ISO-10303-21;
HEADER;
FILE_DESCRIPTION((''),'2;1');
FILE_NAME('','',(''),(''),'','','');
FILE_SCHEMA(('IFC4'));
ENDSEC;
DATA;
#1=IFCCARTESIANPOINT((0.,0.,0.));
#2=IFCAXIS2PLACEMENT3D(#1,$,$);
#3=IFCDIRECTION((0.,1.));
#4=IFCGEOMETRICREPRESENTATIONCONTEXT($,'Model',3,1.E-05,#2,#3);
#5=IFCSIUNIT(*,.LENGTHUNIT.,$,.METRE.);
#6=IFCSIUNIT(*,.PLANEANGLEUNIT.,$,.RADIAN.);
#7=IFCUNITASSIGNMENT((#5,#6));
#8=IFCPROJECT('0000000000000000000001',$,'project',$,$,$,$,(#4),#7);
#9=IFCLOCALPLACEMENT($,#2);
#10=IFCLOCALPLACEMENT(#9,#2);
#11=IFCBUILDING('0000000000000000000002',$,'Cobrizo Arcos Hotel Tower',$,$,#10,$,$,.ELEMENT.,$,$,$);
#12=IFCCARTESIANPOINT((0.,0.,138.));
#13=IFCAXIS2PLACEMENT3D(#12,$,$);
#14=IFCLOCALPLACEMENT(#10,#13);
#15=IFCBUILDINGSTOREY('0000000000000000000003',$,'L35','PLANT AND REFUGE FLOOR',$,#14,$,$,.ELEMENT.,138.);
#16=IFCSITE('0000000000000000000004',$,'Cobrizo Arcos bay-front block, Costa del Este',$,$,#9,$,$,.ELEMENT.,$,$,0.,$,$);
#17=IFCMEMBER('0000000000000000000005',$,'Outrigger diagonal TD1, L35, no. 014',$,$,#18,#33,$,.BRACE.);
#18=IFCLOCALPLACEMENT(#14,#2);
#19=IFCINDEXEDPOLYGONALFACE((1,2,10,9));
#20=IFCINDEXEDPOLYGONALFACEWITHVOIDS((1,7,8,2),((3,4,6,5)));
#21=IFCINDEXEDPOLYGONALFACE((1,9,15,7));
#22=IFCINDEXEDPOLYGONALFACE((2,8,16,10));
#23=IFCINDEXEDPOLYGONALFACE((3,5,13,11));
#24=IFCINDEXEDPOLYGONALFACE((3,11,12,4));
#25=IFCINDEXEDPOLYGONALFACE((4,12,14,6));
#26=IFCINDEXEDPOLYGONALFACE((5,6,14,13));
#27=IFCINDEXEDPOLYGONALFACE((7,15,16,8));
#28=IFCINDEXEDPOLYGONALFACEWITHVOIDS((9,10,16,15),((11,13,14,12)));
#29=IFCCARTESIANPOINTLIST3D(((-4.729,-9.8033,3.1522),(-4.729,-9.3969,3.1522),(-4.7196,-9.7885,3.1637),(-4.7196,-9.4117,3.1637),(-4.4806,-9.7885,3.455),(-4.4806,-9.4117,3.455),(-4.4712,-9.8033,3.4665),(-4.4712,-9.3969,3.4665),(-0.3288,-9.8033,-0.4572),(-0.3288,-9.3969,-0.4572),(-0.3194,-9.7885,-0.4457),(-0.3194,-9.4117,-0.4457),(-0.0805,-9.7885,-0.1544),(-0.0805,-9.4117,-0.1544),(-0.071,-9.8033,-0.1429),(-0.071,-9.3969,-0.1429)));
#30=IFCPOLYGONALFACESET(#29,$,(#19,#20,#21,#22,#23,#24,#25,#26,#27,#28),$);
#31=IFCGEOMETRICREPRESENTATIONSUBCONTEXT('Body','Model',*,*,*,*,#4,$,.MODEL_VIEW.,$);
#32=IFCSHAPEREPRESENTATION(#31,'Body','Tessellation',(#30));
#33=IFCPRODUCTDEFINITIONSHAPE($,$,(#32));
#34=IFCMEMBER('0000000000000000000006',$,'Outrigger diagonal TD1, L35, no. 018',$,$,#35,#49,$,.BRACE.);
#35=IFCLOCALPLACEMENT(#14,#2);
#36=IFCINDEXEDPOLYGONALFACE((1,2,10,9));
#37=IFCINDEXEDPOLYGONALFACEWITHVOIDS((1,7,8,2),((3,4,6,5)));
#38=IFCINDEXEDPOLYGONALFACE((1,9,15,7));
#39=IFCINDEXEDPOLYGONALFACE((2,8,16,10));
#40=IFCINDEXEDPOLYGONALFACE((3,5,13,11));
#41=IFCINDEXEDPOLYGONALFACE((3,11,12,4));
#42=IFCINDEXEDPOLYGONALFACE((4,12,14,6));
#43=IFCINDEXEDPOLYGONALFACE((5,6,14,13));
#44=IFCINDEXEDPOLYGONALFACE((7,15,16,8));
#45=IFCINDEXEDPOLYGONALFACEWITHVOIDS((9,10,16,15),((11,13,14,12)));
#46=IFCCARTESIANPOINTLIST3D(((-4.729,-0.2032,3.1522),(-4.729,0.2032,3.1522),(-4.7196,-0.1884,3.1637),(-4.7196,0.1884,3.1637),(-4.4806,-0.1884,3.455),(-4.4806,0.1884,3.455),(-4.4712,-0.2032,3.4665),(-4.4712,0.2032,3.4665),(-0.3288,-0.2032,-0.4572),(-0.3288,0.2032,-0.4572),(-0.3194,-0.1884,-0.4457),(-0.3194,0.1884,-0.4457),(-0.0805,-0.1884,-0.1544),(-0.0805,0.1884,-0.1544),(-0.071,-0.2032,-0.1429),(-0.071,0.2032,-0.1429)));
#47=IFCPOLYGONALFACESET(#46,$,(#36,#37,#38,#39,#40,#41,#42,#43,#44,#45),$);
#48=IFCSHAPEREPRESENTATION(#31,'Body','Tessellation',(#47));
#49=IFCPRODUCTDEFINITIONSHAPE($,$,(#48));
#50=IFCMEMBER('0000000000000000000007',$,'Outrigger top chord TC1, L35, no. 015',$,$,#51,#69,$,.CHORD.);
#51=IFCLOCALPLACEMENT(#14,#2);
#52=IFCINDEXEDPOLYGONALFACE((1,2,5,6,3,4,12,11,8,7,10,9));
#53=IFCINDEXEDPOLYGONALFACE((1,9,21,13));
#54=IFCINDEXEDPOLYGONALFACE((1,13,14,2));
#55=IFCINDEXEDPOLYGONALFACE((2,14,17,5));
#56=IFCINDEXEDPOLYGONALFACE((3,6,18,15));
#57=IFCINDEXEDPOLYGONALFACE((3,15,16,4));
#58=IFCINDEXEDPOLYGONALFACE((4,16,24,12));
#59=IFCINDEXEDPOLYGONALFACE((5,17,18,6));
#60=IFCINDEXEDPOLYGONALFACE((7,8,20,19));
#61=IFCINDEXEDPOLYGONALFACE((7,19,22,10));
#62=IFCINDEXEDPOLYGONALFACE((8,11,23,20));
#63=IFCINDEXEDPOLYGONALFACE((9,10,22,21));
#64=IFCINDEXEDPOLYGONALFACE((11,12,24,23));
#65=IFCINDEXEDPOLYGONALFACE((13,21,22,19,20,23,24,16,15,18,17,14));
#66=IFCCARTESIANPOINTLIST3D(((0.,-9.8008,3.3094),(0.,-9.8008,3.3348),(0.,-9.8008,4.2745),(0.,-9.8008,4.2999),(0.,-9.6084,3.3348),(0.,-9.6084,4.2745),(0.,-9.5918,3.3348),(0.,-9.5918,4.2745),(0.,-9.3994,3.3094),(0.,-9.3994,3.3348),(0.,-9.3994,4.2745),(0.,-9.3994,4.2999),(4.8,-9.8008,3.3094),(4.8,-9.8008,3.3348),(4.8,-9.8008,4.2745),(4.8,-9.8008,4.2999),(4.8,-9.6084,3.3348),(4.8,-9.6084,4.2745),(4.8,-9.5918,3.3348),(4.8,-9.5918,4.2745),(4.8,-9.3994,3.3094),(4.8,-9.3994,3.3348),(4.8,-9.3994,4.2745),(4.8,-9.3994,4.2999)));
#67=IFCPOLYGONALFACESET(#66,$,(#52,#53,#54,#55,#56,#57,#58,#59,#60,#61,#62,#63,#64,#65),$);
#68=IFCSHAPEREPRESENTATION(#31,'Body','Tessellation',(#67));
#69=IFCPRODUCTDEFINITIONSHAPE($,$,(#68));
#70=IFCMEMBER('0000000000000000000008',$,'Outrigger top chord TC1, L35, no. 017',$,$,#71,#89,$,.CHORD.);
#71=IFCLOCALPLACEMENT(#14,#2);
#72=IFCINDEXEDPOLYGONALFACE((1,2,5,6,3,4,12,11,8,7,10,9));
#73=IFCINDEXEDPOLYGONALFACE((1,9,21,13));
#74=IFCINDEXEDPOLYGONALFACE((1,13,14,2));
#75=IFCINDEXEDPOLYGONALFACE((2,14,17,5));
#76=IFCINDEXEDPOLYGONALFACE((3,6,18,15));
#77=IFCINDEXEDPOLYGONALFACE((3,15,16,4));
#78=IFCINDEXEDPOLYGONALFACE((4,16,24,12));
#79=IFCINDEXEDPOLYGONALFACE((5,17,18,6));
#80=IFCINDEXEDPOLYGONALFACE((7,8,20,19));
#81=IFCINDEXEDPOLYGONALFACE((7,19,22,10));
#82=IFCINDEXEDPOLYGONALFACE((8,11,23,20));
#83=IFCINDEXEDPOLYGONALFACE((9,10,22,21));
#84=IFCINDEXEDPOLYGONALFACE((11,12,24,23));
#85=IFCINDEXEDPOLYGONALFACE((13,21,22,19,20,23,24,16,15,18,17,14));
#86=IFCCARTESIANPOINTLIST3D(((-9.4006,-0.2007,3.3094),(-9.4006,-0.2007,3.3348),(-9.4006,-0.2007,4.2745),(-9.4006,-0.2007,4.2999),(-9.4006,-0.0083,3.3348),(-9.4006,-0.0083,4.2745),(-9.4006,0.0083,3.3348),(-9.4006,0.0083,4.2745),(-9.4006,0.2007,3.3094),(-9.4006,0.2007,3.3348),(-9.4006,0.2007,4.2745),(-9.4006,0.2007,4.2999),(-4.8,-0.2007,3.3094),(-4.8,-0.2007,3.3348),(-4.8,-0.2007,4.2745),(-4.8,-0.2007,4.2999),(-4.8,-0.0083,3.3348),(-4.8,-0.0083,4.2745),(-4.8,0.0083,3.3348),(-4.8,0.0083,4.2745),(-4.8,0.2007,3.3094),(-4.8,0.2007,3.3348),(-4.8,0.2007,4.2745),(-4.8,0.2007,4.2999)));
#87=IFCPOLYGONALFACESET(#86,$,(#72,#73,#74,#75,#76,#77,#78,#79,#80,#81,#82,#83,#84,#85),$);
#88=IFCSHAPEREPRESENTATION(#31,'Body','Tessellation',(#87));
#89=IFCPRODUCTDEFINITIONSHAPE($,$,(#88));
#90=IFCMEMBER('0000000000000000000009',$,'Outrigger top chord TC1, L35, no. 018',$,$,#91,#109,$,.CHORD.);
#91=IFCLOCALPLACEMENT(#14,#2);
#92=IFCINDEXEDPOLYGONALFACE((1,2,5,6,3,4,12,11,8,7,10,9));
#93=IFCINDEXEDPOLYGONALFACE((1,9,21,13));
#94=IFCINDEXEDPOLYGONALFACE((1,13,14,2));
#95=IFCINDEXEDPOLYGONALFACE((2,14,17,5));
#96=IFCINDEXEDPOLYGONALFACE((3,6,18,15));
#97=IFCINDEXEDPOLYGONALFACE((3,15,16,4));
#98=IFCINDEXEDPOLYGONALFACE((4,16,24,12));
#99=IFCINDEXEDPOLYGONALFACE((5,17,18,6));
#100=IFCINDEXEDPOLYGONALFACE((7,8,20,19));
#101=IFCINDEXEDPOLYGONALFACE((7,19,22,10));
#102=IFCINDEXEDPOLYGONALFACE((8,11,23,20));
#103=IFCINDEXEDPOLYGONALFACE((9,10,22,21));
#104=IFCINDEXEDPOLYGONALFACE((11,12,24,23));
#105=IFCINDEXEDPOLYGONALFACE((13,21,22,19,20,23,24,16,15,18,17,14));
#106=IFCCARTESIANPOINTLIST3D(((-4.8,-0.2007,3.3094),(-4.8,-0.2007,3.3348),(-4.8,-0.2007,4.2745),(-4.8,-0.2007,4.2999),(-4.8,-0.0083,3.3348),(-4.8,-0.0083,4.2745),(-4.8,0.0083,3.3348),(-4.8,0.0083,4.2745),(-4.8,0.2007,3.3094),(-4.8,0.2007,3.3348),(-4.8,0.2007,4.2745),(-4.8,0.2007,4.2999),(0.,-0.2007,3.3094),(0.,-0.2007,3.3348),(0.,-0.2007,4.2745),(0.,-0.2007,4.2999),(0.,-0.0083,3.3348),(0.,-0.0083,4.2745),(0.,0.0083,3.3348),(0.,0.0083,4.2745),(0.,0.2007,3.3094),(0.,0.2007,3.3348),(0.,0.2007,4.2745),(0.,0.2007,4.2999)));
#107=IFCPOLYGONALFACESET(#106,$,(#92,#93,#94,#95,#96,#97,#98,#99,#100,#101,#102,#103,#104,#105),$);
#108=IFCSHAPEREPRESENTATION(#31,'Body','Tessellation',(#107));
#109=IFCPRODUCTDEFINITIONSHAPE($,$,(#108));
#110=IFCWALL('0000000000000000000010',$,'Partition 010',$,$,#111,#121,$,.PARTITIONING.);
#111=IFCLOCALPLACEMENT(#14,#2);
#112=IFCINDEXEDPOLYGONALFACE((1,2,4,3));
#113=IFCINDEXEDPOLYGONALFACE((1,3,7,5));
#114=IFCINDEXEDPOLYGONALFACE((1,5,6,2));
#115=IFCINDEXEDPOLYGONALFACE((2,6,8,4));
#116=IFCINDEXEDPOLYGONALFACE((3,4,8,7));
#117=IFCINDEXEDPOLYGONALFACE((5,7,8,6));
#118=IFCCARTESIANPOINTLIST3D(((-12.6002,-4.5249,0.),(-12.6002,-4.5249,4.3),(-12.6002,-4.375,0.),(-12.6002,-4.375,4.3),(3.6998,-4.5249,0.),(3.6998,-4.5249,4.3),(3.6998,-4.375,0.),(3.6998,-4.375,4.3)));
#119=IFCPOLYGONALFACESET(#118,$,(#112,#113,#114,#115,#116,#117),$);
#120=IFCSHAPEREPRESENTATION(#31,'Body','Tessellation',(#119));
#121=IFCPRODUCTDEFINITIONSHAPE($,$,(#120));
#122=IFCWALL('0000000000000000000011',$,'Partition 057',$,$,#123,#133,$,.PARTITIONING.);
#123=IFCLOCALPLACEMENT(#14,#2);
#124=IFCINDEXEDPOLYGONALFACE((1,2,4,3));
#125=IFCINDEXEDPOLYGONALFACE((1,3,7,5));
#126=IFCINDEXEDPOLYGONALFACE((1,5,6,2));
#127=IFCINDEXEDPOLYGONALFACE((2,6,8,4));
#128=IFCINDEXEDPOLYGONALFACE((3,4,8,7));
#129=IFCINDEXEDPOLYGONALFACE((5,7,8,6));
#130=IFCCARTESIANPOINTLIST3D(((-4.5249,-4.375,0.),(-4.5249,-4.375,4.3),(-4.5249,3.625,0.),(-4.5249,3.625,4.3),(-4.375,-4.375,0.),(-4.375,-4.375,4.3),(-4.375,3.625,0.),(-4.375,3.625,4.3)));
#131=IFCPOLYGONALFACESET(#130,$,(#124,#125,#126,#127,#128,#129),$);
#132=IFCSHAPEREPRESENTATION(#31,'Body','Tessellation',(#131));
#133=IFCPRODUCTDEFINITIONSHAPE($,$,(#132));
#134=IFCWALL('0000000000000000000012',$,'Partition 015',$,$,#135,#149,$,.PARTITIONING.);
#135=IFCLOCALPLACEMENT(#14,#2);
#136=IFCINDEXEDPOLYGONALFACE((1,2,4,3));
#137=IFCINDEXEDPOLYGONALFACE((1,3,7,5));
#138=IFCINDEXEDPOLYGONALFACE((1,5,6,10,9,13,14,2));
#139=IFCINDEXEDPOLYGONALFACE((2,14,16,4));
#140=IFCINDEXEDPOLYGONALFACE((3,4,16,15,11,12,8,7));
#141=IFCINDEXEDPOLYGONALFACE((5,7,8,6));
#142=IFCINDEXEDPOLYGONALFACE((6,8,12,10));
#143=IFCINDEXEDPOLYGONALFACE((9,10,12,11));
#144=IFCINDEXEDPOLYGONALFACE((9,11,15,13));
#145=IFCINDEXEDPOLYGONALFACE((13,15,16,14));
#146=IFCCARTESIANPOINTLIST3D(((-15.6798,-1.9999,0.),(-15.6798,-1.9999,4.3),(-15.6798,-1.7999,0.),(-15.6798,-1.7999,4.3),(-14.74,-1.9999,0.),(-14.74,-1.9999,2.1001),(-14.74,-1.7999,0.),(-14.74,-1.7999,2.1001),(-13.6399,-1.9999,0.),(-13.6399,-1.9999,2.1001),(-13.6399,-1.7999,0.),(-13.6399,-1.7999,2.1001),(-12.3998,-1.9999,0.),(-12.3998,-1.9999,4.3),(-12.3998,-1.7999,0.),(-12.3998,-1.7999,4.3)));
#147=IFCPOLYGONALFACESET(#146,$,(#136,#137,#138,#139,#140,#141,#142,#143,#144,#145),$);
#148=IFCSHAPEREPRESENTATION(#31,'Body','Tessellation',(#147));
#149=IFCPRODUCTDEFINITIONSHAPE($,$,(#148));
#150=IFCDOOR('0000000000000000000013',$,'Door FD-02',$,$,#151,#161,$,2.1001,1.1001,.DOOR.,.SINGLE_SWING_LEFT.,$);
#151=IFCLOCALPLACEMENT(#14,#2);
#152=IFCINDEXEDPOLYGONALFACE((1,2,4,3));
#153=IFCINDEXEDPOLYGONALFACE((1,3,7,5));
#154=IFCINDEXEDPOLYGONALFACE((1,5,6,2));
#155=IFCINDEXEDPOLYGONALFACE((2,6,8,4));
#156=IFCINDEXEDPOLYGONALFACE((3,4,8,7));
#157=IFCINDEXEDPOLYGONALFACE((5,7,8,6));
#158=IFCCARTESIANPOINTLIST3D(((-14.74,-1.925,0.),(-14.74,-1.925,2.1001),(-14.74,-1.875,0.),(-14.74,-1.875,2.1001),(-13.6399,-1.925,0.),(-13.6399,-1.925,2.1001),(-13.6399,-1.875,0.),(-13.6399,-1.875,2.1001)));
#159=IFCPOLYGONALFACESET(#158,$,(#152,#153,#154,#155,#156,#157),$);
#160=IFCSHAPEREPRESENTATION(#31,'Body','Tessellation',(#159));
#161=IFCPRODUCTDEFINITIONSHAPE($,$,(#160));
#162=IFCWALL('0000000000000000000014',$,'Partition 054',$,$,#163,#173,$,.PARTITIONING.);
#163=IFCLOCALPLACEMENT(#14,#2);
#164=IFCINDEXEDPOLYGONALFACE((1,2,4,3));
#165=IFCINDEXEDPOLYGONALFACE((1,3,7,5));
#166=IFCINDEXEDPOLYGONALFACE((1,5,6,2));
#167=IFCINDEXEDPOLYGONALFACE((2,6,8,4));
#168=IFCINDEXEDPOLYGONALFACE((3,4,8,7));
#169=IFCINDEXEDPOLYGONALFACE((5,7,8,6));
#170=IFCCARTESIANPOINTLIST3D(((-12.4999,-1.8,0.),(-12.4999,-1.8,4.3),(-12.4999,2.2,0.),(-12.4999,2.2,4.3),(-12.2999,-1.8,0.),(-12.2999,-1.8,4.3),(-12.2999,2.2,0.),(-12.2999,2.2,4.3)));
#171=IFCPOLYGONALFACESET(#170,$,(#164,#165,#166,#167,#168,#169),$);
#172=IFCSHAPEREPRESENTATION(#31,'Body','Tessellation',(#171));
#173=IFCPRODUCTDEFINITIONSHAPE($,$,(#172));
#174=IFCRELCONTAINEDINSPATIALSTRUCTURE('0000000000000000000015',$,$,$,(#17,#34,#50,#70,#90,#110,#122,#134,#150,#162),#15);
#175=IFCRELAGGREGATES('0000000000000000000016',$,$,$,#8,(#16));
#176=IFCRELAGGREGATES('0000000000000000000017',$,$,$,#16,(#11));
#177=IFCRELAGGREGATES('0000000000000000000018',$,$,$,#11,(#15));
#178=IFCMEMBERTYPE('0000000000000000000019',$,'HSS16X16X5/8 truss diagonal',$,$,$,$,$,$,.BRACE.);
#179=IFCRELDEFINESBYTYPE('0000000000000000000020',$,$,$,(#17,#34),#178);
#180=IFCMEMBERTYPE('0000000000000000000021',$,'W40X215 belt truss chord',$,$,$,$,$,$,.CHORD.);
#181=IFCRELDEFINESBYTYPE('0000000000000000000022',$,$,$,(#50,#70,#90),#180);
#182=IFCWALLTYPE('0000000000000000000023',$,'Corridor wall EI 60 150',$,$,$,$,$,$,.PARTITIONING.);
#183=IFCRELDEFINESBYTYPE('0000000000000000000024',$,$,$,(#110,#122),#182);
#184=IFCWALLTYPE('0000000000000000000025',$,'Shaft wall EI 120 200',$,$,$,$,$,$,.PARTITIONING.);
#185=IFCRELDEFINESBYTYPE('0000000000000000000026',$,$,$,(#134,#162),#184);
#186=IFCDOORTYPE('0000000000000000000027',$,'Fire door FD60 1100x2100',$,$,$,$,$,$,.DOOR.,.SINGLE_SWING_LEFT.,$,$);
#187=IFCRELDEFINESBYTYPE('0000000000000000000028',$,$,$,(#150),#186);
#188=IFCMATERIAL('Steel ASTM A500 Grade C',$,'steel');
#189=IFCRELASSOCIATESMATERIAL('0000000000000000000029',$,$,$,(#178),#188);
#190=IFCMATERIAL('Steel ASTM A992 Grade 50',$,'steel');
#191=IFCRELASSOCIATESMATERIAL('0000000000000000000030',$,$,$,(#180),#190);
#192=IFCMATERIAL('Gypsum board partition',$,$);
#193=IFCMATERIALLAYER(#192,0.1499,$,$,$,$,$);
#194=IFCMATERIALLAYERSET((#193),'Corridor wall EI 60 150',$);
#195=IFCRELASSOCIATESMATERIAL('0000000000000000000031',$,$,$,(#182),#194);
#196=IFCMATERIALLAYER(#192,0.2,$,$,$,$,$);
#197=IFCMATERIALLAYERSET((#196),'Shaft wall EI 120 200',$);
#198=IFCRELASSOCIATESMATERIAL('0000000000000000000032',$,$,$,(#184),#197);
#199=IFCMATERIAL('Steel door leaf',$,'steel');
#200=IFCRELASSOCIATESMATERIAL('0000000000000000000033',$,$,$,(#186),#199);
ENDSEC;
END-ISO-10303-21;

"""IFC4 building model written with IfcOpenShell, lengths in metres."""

from ifc_helpers import new_model, si_unit, direction, frame, frame_2d, origin, origin_2d, place, context, subcontext, project, spatial, rectangle, hollow_rectangle, i_section, extrude, material, layer, layer_set, material_profile, profile_set, type_object, element, fill, save


model = new_model("IFC4")

# Units and contexts
model_context = context("Model", 3, precision=1e-05, world=origin(), true_north=direction((0.0, 1.0)))
body_context = subcontext(model_context, "Body", "Model", "MODEL_VIEW")
ifc_project = project(units=[si_unit("LENGTHUNIT", "METRE"), si_unit("PLANEANGLEUNIT", "RADIAN")], contexts=[model_context])

# Site, building, storey
site_placement = place(None, origin())
site = spatial("IfcSite", under=ifc_project, at=site_placement, Name="Cobrizo Arcos bay-front block, Costa del Este", CompositionType="ELEMENT", RefElevation=0.0)
building_placement = place(site_placement, origin())
building = spatial("IfcBuilding", under=site, at=building_placement, Name="Cobrizo Arcos Hotel Tower", CompositionType="ELEMENT")
storey_placement = place(building_placement, frame((0.0, 0.0, 138.0)))
storey = spatial("IfcBuildingStorey", under=building, at=storey_placement, Name="L35", Description="PLANT AND REFUGE FLOOR", CompositionType="ELEMENT", Elevation=138.0)

# Members
ifc_material_1 = material(Name="Steel ASTM A500 Grade C", Category="steel")
ifc_material_profile_1 = material_profile(ifc_material_1, hollow_rectangle(XDim=0.4065, YDim=0.4065, WallThickness=0.0149, at=origin_2d()), Name="HSS16X16X5/8")
ifc_profile_set_1 = profile_set([ifc_material_profile_1], Name="Steel ASTM A500 Grade C")
member_type_1 = type_object("IfcMemberType", Name="HSS16X16X5/8 truss diagonal", PredefinedType="BRACE", material=ifc_profile_set_1)
for number, where, z_axis, x_axis, name in (
    (1, (-4.6001, -9.6001, 3.3093), (0.77316, 0.0, -0.634211), (0.0, 1.0, 0.0), "Outrigger diagonal TD1, L35, no. 014"),
    (2, (-4.6001, 0.0, 3.3093), (0.77316, 0.0, -0.634211), (0.0, 1.0, 0.0), "Outrigger diagonal TD1, L35, no. 018"),
):
    element("IfcMember", number, at=place(storey_placement, frame(where, z_axis=z_axis, x_axis=x_axis)), inside=storey, type_object=member_type_1, Name=name, PredefinedType="BRACE", context=body_context, shape_type="SweptSolid", body=[
        extrude(hollow_rectangle(XDim=0.4065, YDim=0.4065, WallThickness=0.0149, at=origin_2d()), origin(), (0.0, 0.0, 1.0), 5.6912),
    ])
ifc_material_2 = material(Name="Steel ASTM A992 Grade 50", Category="steel")
ifc_material_profile_2 = material_profile(ifc_material_2, i_section(OverallWidth=0.4014, OverallDepth=0.9905, WebThickness=0.0166, FlangeThickness=0.0254, at=origin_2d()), Name="W40X215")
ifc_profile_set_2 = profile_set([ifc_material_profile_2], Name="Steel ASTM A992 Grade 50")
member_type_2 = type_object("IfcMemberType", Name="W40X215 belt truss chord", PredefinedType="CHORD", material=ifc_profile_set_2)
member_1_placement = place(storey_placement, frame((0.0, -9.6001, 3.8047), z_axis=(1.0, 0.0, 0.0), x_axis=(0.0, 1.0, 0.0)))
element("IfcMember", 3, at=member_1_placement, inside=storey, type_object=member_type_2, Name="Outrigger top chord TC1, L35, no. 015", PredefinedType="CHORD", context=body_context, shape_type="SweptSolid", body=[
    extrude(i_section(OverallWidth=0.4014, OverallDepth=0.9905, WebThickness=0.0166, FlangeThickness=0.0254, at=origin_2d()), origin(), (0.0, 0.0, 1.0), 4.8),
])
member_2_placement = place(storey_placement, frame((-9.4006, 0.0, 3.8047), z_axis=(1.0, 0.0, 0.0), x_axis=(0.0, 1.0, 0.0)))
element("IfcMember", 4, at=member_2_placement, inside=storey, type_object=member_type_2, Name="Outrigger top chord TC1, L35, no. 017", PredefinedType="CHORD", context=body_context, shape_type="SweptSolid", body=[
    extrude(i_section(OverallWidth=0.4014, OverallDepth=0.9905, WebThickness=0.0166, FlangeThickness=0.0254, at=origin_2d()), origin(), (0.0, 0.0, 1.0), 4.6006),
])
member_3_placement = place(storey_placement, frame((-4.8, 0.0, 3.8047), z_axis=(1.0, 0.0, 0.0), x_axis=(0.0, 1.0, 0.0)))
element("IfcMember", 5, at=member_3_placement, inside=storey, type_object=member_type_2, Name="Outrigger top chord TC1, L35, no. 018", PredefinedType="CHORD", context=body_context, shape_type="SweptSolid", body=[
    extrude(i_section(OverallWidth=0.4014, OverallDepth=0.9905, WebThickness=0.0166, FlangeThickness=0.0254, at=origin_2d()), origin(), (0.0, 0.0, 1.0), 4.8),
])

# Walls
ifc_material_3 = material(Name="Gypsum board partition")
ifc_layer_1 = layer(ifc_material_3, 0.1499)
ifc_layer_set_1 = layer_set([ifc_layer_1], Name="Corridor wall EI 60 150")
wall_type_1 = type_object("IfcWallType", Name="Corridor wall EI 60 150", PredefinedType="PARTITIONING", material=ifc_layer_set_1)
wall_1_placement = place(storey_placement, frame((-12.6001, -4.45, 0.0), z_axis=(0.0, 0.0, 1.0), x_axis=(1.0, 0.0, 0.0)))
element("IfcWall", 6, at=wall_1_placement, inside=storey, type_object=wall_type_1, Name="Partition 010", PredefinedType="PARTITIONING", context=body_context, shape_type="SweptSolid", body=[
    extrude(rectangle(XDim=16.3, YDim=0.1499, at=frame_2d((8.1499, 0.0))), origin(), (0.0, 0.0, 1.0), 4.3),
])
wall_2_placement = place(storey_placement, frame((-4.45, -4.375, 0.0), z_axis=(0.0, 0.0, 1.0), x_axis=(0.0, 1.0, 0.0)))
element("IfcWall", 7, at=wall_2_placement, inside=storey, type_object=wall_type_1, Name="Partition 057", PredefinedType="PARTITIONING", context=body_context, shape_type="SweptSolid", body=[
    extrude(rectangle(XDim=8.0, YDim=0.1499, at=frame_2d((4.0, 0.0))), origin(), (0.0, 0.0, 1.0), 4.3),
])

# Wall, opening, door
ifc_layer_2 = layer(ifc_material_3, 0.2)
ifc_layer_set_2 = layer_set([ifc_layer_2], Name="Shaft wall EI 120 200")
wall_type_2 = type_object("IfcWallType", Name="Shaft wall EI 120 200", PredefinedType="PARTITIONING", material=ifc_layer_set_2)
wall_3_placement = place(storey_placement, frame((-15.6799, -1.8999, 0.0), z_axis=(0.0, 0.0, 1.0), x_axis=(1.0, 0.0, 0.0)))
wall_3 = element("IfcWall", 8, at=wall_3_placement, inside=storey, type_object=wall_type_2, Name="Partition 015", PredefinedType="PARTITIONING", context=body_context, shape_type="SweptSolid", body=[
    extrude(rectangle(XDim=3.28, YDim=0.2, at=frame_2d((1.6401, 0.0))), origin(), (0.0, 0.0, 1.0), 4.3),
])
opening_placement = place(wall_3_placement, frame((0.9399, 0.0, 0.0)))
opening = element("IfcOpeningElement", 9, at=opening_placement, cuts=wall_3, PredefinedType="OPENING", context=body_context, shape_type="SweptSolid", body=[
    extrude(rectangle(XDim=1.1001, YDim=2.1001, at=frame_2d((0.55, 1.05))), frame((0.0, 0.1121, 0.0), z_axis=(0.0, -1.0, 0.0), x_axis=(1.0, 0.0, 0.0)), (0.0, 0.0, 1.0), 0.2239),
])
ifc_material_4 = material(Name="Steel door leaf", Category="steel")
door_type = type_object("IfcDoorType", Name="Fire door FD60 1100x2100", OperationType="SINGLE_SWING_LEFT", PredefinedType="DOOR", material=ifc_material_4)
door_placement = place(opening_placement, origin())
door = element("IfcDoor", 10, at=door_placement, inside=storey, type_object=door_type, Name="Door FD-02", OperationType="SINGLE_SWING_LEFT", OverallHeight=2.1001, OverallWidth=1.1001, PredefinedType="DOOR", context=body_context, shape_type="SweptSolid", body=[
    extrude(rectangle(XDim=1.1001, YDim=2.1001, at=frame_2d((0.55, 1.05))), frame((0.0, 0.0249, 0.0), z_axis=(0.0, -1.0, 0.0), x_axis=(1.0, 0.0, 0.0)), (0.0, 0.0, 1.0), 0.05),
])
fill(opening, door)

# Wall
wall_4_placement = place(storey_placement, frame((-12.3999, -1.8, 0.0), z_axis=(0.0, 0.0, 1.0), x_axis=(0.0, 1.0, 0.0)))
element("IfcWall", 11, at=wall_4_placement, inside=storey, type_object=wall_type_2, Name="Partition 054", PredefinedType="PARTITIONING", context=body_context, shape_type="SweptSolid", body=[
    extrude(rectangle(XDim=4.0, YDim=0.2, at=frame_2d((2.0, 0.0))), origin(), (0.0, 0.0, 1.0), 4.3),
])

save(model, "model.ifc")
